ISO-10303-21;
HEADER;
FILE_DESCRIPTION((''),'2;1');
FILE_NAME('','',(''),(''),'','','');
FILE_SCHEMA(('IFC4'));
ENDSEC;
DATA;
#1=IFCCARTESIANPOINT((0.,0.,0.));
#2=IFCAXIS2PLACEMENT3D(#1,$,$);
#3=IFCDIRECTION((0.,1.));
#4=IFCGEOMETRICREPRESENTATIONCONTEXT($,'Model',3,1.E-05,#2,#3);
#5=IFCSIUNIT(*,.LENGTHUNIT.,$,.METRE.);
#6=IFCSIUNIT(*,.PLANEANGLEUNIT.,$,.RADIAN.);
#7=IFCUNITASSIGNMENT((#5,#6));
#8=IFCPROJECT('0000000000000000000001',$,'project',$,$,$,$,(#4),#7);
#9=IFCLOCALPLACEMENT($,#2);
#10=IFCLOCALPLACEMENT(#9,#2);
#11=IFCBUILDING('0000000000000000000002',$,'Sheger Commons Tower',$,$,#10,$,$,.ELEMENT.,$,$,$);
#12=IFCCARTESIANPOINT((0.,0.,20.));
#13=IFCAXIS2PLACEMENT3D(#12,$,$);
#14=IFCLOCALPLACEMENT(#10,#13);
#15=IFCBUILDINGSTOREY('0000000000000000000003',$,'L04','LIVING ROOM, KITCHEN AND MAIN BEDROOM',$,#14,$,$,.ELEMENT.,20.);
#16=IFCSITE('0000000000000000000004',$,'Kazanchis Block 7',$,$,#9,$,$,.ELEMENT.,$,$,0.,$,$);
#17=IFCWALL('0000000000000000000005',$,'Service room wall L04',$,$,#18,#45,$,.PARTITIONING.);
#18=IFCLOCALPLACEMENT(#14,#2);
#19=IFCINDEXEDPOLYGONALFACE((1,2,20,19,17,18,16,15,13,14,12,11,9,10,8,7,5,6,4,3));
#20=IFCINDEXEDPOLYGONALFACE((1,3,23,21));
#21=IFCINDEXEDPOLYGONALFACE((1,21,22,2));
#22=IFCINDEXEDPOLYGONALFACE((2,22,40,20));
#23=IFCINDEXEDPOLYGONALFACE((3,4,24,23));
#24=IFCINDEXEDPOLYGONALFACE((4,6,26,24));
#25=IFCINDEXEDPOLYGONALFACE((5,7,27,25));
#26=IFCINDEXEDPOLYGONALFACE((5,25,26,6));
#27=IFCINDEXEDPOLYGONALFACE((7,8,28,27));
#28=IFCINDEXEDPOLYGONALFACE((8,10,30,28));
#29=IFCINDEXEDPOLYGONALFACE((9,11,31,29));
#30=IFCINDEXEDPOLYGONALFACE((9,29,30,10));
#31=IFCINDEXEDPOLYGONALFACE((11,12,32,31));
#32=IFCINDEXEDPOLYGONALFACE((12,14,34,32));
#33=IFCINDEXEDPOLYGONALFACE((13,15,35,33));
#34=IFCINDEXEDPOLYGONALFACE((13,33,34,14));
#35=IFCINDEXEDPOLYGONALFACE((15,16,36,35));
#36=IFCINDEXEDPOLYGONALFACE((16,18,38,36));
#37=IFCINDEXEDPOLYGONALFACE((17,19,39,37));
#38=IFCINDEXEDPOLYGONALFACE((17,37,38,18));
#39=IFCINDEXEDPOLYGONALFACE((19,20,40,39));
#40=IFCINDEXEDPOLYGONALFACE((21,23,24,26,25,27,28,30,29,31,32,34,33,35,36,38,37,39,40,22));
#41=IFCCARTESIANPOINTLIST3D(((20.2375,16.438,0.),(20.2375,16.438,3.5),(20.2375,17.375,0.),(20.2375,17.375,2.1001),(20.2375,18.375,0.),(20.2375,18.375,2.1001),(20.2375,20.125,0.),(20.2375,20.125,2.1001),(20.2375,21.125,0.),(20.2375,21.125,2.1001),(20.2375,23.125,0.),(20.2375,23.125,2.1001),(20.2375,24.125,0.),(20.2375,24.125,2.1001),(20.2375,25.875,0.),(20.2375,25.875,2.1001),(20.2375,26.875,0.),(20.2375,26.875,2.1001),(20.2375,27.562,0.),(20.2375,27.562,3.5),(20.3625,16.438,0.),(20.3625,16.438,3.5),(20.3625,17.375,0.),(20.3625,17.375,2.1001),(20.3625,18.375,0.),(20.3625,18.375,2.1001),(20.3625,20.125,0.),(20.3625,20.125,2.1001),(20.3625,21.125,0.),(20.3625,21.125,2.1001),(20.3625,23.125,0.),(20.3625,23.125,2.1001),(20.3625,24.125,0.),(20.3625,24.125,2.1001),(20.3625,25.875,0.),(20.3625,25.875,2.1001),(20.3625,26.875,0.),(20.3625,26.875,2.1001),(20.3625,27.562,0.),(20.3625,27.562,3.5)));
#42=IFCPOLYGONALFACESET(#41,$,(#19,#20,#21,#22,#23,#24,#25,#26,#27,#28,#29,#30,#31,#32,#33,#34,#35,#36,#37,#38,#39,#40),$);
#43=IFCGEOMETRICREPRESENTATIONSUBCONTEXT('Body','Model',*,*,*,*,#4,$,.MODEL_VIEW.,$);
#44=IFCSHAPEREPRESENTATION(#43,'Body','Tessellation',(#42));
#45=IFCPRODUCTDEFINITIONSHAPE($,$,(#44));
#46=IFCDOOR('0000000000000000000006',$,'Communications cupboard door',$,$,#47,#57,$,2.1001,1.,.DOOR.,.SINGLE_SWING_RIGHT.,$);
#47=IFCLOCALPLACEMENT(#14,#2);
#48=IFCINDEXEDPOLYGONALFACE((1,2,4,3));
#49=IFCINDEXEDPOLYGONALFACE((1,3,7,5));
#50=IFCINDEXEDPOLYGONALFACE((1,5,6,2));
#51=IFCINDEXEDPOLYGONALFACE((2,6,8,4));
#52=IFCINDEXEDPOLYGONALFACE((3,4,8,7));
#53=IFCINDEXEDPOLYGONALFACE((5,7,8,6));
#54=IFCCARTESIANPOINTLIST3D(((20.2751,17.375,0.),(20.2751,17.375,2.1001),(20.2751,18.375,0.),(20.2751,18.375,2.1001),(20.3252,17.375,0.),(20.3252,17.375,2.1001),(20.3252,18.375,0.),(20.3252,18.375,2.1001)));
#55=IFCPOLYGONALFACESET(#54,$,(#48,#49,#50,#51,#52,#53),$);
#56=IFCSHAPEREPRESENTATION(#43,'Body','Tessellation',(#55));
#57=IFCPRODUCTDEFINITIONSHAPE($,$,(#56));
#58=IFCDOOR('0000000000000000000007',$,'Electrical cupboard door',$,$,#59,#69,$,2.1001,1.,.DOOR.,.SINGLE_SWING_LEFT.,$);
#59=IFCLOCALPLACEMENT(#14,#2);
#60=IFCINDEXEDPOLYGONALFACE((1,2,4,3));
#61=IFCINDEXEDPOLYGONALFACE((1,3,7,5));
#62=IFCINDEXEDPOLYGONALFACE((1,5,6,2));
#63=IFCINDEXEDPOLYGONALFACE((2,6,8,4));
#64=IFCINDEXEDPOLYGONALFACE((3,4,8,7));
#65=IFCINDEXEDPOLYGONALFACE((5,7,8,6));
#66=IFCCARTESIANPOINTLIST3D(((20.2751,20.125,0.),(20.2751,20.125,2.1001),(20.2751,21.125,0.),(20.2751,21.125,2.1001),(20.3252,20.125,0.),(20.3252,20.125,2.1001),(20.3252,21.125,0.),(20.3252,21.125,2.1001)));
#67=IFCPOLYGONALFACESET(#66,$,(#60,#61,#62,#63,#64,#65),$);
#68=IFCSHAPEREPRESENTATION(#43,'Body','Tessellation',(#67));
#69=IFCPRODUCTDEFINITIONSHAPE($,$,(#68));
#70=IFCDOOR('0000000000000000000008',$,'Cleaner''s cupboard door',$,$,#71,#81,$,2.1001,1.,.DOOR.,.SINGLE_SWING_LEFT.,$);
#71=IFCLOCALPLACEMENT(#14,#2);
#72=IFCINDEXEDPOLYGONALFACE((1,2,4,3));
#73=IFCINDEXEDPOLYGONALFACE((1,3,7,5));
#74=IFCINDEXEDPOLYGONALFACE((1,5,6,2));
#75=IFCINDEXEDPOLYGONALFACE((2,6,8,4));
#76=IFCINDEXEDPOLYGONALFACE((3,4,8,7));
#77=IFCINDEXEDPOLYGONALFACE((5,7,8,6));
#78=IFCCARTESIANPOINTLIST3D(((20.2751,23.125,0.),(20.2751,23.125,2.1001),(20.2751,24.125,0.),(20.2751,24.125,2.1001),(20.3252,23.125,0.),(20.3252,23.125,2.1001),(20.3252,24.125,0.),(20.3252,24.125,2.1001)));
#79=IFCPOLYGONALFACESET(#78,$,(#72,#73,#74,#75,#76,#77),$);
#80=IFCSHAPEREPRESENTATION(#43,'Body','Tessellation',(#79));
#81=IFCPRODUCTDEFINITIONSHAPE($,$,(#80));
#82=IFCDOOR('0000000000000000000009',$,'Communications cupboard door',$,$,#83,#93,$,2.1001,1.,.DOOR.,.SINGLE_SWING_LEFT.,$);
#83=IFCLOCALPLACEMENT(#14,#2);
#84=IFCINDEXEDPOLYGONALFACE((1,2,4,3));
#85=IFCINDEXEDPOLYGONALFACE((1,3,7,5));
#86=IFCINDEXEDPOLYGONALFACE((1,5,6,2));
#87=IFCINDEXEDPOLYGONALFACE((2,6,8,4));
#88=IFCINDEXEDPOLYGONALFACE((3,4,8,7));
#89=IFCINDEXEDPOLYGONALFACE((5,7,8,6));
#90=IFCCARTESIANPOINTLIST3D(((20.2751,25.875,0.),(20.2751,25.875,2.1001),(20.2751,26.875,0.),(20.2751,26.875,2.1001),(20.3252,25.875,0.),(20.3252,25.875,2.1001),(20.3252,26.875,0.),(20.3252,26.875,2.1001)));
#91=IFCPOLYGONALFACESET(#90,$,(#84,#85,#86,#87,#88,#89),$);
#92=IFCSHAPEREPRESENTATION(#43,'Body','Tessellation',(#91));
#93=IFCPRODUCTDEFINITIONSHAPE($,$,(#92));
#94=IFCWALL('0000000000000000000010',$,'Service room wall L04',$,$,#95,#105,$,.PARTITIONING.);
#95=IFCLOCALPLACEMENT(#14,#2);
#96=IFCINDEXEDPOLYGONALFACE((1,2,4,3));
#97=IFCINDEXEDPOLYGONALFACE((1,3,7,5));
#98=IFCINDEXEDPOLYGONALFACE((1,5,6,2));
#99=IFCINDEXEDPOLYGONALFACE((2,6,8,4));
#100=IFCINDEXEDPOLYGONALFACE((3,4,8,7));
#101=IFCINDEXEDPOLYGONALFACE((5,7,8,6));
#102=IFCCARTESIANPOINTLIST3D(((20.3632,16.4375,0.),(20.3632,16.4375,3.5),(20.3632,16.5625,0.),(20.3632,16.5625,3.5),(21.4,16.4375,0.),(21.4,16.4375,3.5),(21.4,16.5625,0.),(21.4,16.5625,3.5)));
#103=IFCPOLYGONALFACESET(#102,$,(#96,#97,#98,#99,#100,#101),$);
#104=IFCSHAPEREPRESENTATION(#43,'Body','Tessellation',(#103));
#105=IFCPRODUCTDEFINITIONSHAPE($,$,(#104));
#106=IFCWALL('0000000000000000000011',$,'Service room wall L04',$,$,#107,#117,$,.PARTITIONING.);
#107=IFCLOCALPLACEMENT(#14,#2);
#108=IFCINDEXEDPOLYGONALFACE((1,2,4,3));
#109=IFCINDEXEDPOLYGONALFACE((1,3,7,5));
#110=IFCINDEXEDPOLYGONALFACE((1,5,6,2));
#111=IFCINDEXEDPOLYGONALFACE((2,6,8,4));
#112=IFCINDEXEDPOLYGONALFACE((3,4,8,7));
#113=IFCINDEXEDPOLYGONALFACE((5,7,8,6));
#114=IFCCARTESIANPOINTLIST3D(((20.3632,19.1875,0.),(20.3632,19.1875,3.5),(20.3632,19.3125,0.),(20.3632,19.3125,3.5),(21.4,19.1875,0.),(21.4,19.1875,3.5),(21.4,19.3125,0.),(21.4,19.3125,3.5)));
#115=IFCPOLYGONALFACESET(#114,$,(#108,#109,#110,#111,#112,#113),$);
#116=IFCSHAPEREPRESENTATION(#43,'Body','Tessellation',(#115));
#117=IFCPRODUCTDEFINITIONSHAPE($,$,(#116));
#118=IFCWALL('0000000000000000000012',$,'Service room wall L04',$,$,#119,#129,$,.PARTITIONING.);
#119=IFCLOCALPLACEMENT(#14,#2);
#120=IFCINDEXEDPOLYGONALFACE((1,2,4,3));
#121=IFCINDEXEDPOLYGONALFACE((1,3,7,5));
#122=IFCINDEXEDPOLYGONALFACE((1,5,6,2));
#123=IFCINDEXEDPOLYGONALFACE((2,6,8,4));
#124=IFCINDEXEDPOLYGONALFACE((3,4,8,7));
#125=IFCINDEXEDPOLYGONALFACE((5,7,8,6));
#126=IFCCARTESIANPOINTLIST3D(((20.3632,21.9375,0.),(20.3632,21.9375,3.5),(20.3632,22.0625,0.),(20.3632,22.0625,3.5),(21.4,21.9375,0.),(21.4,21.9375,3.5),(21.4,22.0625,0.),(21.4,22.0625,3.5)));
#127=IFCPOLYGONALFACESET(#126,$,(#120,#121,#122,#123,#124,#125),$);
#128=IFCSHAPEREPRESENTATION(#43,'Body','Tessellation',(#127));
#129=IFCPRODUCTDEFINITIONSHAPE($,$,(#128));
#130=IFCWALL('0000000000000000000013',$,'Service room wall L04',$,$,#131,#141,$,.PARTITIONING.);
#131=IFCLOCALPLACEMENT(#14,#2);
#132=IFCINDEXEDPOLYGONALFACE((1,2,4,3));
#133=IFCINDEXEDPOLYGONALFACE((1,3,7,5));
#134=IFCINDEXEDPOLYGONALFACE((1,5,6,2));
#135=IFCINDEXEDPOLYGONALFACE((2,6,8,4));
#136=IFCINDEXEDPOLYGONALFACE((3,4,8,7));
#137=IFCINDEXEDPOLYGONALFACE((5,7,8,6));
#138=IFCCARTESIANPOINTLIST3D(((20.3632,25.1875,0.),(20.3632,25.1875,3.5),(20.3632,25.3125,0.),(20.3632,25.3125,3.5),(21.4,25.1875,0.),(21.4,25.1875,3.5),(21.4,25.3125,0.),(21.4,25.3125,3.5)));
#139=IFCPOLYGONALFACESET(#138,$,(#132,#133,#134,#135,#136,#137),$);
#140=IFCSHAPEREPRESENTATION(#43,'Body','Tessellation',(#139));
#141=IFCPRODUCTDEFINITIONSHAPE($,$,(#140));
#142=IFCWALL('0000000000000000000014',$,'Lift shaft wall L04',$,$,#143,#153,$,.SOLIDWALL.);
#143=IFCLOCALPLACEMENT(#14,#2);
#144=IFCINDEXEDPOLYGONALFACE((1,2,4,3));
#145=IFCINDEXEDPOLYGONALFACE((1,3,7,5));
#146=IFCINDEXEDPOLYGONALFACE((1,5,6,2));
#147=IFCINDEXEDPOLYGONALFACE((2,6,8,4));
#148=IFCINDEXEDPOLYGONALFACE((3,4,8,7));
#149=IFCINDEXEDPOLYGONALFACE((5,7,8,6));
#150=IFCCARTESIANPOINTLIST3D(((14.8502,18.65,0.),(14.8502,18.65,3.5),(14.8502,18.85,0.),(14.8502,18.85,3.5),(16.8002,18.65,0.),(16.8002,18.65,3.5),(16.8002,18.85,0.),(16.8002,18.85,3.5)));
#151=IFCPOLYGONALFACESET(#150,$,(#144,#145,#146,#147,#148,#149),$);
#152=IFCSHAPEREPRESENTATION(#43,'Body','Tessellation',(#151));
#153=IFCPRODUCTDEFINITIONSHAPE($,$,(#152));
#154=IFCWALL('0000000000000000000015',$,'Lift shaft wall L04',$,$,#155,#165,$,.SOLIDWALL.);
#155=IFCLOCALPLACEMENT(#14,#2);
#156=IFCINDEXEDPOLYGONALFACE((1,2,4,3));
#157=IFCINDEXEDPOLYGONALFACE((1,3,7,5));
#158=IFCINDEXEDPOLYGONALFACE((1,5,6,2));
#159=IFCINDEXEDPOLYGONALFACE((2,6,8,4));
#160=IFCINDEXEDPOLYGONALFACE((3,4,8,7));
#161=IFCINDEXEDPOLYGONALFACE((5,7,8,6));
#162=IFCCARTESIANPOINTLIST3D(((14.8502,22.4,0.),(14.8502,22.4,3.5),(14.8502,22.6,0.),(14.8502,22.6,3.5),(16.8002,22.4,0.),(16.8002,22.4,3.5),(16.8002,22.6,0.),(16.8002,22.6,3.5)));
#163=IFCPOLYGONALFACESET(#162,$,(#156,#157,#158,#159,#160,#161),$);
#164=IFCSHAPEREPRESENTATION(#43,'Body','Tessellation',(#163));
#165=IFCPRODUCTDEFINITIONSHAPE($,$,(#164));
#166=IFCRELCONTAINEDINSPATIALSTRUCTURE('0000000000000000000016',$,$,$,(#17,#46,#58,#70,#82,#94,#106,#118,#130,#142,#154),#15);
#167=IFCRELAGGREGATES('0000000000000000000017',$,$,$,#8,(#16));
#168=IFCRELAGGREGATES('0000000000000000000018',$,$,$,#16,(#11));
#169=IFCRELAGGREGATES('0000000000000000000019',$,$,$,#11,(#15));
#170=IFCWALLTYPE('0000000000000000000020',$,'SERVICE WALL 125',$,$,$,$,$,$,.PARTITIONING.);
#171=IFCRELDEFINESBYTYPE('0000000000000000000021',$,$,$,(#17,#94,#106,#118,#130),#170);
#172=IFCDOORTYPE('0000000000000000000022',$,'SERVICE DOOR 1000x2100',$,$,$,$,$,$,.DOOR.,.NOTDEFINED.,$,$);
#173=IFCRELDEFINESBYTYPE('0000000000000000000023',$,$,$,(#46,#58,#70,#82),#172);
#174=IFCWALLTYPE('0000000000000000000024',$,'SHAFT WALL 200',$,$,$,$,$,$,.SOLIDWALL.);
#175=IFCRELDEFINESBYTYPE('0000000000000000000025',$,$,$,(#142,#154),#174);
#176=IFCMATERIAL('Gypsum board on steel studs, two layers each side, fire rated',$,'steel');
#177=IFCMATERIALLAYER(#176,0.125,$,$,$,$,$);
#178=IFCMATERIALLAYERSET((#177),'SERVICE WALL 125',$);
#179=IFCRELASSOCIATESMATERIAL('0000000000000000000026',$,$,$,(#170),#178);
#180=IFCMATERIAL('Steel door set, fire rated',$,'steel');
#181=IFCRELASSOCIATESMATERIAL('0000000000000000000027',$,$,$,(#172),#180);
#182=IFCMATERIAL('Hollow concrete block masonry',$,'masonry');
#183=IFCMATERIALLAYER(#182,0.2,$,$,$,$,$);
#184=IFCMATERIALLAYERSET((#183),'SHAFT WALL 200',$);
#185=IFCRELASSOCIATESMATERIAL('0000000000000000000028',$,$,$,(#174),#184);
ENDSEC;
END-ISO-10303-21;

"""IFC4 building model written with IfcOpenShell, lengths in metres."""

from ifc_helpers import new_model, si_unit, direction, frame, frame_2d, origin, place, context, subcontext, project, spatial, rectangle, extrude, material, layer, layer_set, type_object, element, fill, save


model = new_model("IFC4")

# Units and contexts
model_context = context("Model", 3, precision=1e-05, world=origin(), true_north=direction((0.0, 1.0)))
body_context = subcontext(model_context, "Body", "Model", "MODEL_VIEW")
ifc_project = project(units=[si_unit("LENGTHUNIT", "METRE"), si_unit("PLANEANGLEUNIT", "RADIAN")], contexts=[model_context])

# Site, building, storey
site_placement = place(None, origin())
site = spatial("IfcSite", under=ifc_project, at=site_placement, Name="Kazanchis Block 7", CompositionType="ELEMENT", RefElevation=0.0)
building_placement = place(site_placement, origin())
building = spatial("IfcBuilding", under=site, at=building_placement, Name="Sheger Commons Tower", CompositionType="ELEMENT")
storey_placement = place(building_placement, frame((0.0, 0.0, 20.0)))
storey = spatial("IfcBuildingStorey", under=building, at=storey_placement, Name="L04", Description="LIVING ROOM, KITCHEN AND MAIN BEDROOM", CompositionType="ELEMENT", Elevation=20.0)

# Shared definitions
ifc_material_1 = material(Name="Gypsum board on steel studs, two layers each side, fire rated", Category="steel")
ifc_layer_1 = layer(ifc_material_1, 0.125)
ifc_layer_set_1 = layer_set([ifc_layer_1], Name="SERVICE WALL 125")
wall_type_1 = type_object("IfcWallType", Name="SERVICE WALL 125", PredefinedType="PARTITIONING", material=ifc_layer_set_1)

# Wall, openings, doors
wall_1_placement = place(storey_placement, frame((20.3, 16.438, 0.0), z_axis=(0.0, 0.0, 1.0), x_axis=(0.0, 1.0, 0.0)))
wall_1 = element("IfcWall", 1, at=wall_1_placement, inside=storey, type_object=wall_type_1, Name="Service room wall L04", PredefinedType="PARTITIONING", context=body_context, shape_type="SweptSolid", body=[
    extrude(rectangle(XDim=11.124, YDim=0.125, at=frame_2d((5.562, 0.0))), origin(), (0.0, 0.0, 1.0), 3.5),
])
opening_1_placement = place(wall_1_placement, frame((0.937, 0.0, 0.0)))
opening_1 = element("IfcOpeningElement", 2, at=opening_1_placement, cuts=wall_1, PredefinedType="OPENING", context=body_context, shape_type="SweptSolid", body=[
    extrude(rectangle(XDim=1.0, YDim=2.1001, at=frame_2d((0.5, 1.05))), frame((0.0, 0.0725, 0.0), z_axis=(0.0, -1.0, 0.0), x_axis=(1.0, 0.0, 0.0)), (0.0, 0.0, 1.0), 0.145),
])
opening_2_placement = place(wall_1_placement, frame((3.687, 0.0, 0.0)))
opening_2 = element("IfcOpeningElement", 3, at=opening_2_placement, cuts=wall_1, PredefinedType="OPENING", context=body_context, shape_type="SweptSolid", body=[
    extrude(rectangle(XDim=1.0, YDim=2.1001, at=frame_2d((0.5, 1.05))), frame((0.0, 0.0725, 0.0), z_axis=(0.0, -1.0, 0.0), x_axis=(1.0, 0.0, 0.0)), (0.0, 0.0, 1.0), 0.145),
])
opening_3_placement = place(wall_1_placement, frame((6.687, 0.0, 0.0)))
opening_3 = element("IfcOpeningElement", 4, at=opening_3_placement, cuts=wall_1, PredefinedType="OPENING", context=body_context, shape_type="SweptSolid", body=[
    extrude(rectangle(XDim=1.0, YDim=2.1001, at=frame_2d((0.5, 1.05))), frame((0.0, 0.0725, 0.0), z_axis=(0.0, -1.0, 0.0), x_axis=(1.0, 0.0, 0.0)), (0.0, 0.0, 1.0), 0.145),
])
opening_4_placement = place(wall_1_placement, frame((9.437, 0.0, 0.0)))
opening_4 = element("IfcOpeningElement", 5, at=opening_4_placement, cuts=wall_1, PredefinedType="OPENING", context=body_context, shape_type="SweptSolid", body=[
    extrude(rectangle(XDim=1.0, YDim=2.1001, at=frame_2d((0.5, 1.05))), frame((0.0, 0.0725, 0.0), z_axis=(0.0, -1.0, 0.0), x_axis=(1.0, 0.0, 0.0)), (0.0, 0.0, 1.0), 0.145),
])
ifc_material_2 = material(Name="Steel door set, fire rated", Category="steel")
door_type_1 = type_object("IfcDoorType", Name="SERVICE DOOR 1000x2100", OperationType="NOTDEFINED", PredefinedType="DOOR", material=ifc_material_2)
door_1_placement = place(opening_1_placement, origin())
door_1 = element("IfcDoor", 6, at=door_1_placement, inside=storey, type_object=door_type_1, Name="Communications cupboard door", OperationType="SINGLE_SWING_RIGHT", OverallHeight=2.1001, OverallWidth=1.0, PredefinedType="DOOR", context=body_context, shape_type="SweptSolid", body=[
    extrude(rectangle(XDim=1.0, YDim=2.1001, at=frame_2d((0.5, 1.05))), frame((0.0, 0.0249, 0.0), z_axis=(0.0, -1.0, 0.0), x_axis=(1.0, 0.0, 0.0)), (0.0, 0.0, 1.0), 0.05),
])
fill(opening_1, door_1)
door_2_placement = place(opening_2_placement, origin())
door_2 = element("IfcDoor", 7, at=door_2_placement, inside=storey, type_object=door_type_1, Name="Electrical cupboard door", OperationType="SINGLE_SWING_LEFT", OverallHeight=2.1001, OverallWidth=1.0, PredefinedType="DOOR", context=body_context, shape_type="SweptSolid", body=[
    extrude(rectangle(XDim=1.0, YDim=2.1001, at=frame_2d((0.5, 1.05))), frame((0.0, 0.0249, 0.0), z_axis=(0.0, -1.0, 0.0), x_axis=(1.0, 0.0, 0.0)), (0.0, 0.0, 1.0), 0.05),
])
fill(opening_2, door_2)
door_3_placement = place(opening_3_placement, origin())
door_3 = element("IfcDoor", 8, at=door_3_placement, inside=storey, type_object=door_type_1, Name="Cleaner's cupboard door", OperationType="SINGLE_SWING_LEFT", OverallHeight=2.1001, OverallWidth=1.0, PredefinedType="DOOR", context=body_context, shape_type="SweptSolid", body=[
    extrude(rectangle(XDim=1.0, YDim=2.1001, at=frame_2d((0.5, 1.05))), frame((0.0, 0.0249, 0.0), z_axis=(0.0, -1.0, 0.0), x_axis=(1.0, 0.0, 0.0)), (0.0, 0.0, 1.0), 0.05),
])
fill(opening_3, door_3)
door_4_placement = place(opening_4_placement, origin())
door_4 = element("IfcDoor", 9, at=door_4_placement, inside=storey, type_object=door_type_1, Name="Communications cupboard door", OperationType="SINGLE_SWING_LEFT", OverallHeight=2.1001, OverallWidth=1.0, PredefinedType="DOOR", context=body_context, shape_type="SweptSolid", body=[
    extrude(rectangle(XDim=1.0, YDim=2.1001, at=frame_2d((0.5, 1.05))), frame((0.0, 0.0249, 0.0), z_axis=(0.0, -1.0, 0.0), x_axis=(1.0, 0.0, 0.0)), (0.0, 0.0, 1.0), 0.05),
])
fill(opening_4, door_4)

# Walls
for number, where, z_axis, x_axis, name in (
    (10, (20.363, 16.5, 0.0), (0.0, 0.0, 1.0), (1.0, 0.0, 0.0), "Service room wall L04"),
    (11, (20.363, 19.25, 0.0), (0.0, 0.0, 1.0), (1.0, 0.0, 0.0), "Service room wall L04"),
    (12, (20.363, 22.0, 0.0), (0.0, 0.0, 1.0), (1.0, 0.0, 0.0), "Service room wall L04"),
    (13, (20.363, 25.25, 0.0), (0.0, 0.0, 1.0), (1.0, 0.0, 0.0), "Service room wall L04"),
):
    element("IfcWall", number, at=place(storey_placement, frame(where, z_axis=z_axis, x_axis=x_axis)), inside=storey, type_object=wall_type_1, Name=name, PredefinedType="PARTITIONING", context=body_context, shape_type="SweptSolid", body=[
        extrude(rectangle(XDim=1.0369, YDim=0.125, at=frame_2d((0.5186, 0.0))), origin(), (0.0, 0.0, 1.0), 3.5),
    ])
ifc_material_3 = material(Name="Hollow concrete block masonry", Category="masonry")
ifc_layer_2 = layer(ifc_material_3, 0.2)
ifc_layer_set_2 = layer_set([ifc_layer_2], Name="SHAFT WALL 200")
wall_type_2 = type_object("IfcWallType", Name="SHAFT WALL 200", PredefinedType="SOLIDWALL", material=ifc_layer_set_2)
for number, where, z_axis, x_axis, name in (
    (14, (14.8501, 18.75, 0.0), (0.0, 0.0, 1.0), (1.0, 0.0, 0.0), "Lift shaft wall L04"),
    (15, (14.8501, 22.5, 0.0), (0.0, 0.0, 1.0), (1.0, 0.0, 0.0), "Lift shaft wall L04"),
):
    element("IfcWall", number, at=place(storey_placement, frame(where, z_axis=z_axis, x_axis=x_axis)), inside=storey, type_object=wall_type_2, Name=name, PredefinedType="SOLIDWALL", context=body_context, shape_type="SweptSolid", body=[
        extrude(rectangle(XDim=1.95, YDim=0.2, at=frame_2d((0.9751, 0.0))), origin(), (0.0, 0.0, 1.0), 3.5),
    ])

save(model, "model.ifc")
